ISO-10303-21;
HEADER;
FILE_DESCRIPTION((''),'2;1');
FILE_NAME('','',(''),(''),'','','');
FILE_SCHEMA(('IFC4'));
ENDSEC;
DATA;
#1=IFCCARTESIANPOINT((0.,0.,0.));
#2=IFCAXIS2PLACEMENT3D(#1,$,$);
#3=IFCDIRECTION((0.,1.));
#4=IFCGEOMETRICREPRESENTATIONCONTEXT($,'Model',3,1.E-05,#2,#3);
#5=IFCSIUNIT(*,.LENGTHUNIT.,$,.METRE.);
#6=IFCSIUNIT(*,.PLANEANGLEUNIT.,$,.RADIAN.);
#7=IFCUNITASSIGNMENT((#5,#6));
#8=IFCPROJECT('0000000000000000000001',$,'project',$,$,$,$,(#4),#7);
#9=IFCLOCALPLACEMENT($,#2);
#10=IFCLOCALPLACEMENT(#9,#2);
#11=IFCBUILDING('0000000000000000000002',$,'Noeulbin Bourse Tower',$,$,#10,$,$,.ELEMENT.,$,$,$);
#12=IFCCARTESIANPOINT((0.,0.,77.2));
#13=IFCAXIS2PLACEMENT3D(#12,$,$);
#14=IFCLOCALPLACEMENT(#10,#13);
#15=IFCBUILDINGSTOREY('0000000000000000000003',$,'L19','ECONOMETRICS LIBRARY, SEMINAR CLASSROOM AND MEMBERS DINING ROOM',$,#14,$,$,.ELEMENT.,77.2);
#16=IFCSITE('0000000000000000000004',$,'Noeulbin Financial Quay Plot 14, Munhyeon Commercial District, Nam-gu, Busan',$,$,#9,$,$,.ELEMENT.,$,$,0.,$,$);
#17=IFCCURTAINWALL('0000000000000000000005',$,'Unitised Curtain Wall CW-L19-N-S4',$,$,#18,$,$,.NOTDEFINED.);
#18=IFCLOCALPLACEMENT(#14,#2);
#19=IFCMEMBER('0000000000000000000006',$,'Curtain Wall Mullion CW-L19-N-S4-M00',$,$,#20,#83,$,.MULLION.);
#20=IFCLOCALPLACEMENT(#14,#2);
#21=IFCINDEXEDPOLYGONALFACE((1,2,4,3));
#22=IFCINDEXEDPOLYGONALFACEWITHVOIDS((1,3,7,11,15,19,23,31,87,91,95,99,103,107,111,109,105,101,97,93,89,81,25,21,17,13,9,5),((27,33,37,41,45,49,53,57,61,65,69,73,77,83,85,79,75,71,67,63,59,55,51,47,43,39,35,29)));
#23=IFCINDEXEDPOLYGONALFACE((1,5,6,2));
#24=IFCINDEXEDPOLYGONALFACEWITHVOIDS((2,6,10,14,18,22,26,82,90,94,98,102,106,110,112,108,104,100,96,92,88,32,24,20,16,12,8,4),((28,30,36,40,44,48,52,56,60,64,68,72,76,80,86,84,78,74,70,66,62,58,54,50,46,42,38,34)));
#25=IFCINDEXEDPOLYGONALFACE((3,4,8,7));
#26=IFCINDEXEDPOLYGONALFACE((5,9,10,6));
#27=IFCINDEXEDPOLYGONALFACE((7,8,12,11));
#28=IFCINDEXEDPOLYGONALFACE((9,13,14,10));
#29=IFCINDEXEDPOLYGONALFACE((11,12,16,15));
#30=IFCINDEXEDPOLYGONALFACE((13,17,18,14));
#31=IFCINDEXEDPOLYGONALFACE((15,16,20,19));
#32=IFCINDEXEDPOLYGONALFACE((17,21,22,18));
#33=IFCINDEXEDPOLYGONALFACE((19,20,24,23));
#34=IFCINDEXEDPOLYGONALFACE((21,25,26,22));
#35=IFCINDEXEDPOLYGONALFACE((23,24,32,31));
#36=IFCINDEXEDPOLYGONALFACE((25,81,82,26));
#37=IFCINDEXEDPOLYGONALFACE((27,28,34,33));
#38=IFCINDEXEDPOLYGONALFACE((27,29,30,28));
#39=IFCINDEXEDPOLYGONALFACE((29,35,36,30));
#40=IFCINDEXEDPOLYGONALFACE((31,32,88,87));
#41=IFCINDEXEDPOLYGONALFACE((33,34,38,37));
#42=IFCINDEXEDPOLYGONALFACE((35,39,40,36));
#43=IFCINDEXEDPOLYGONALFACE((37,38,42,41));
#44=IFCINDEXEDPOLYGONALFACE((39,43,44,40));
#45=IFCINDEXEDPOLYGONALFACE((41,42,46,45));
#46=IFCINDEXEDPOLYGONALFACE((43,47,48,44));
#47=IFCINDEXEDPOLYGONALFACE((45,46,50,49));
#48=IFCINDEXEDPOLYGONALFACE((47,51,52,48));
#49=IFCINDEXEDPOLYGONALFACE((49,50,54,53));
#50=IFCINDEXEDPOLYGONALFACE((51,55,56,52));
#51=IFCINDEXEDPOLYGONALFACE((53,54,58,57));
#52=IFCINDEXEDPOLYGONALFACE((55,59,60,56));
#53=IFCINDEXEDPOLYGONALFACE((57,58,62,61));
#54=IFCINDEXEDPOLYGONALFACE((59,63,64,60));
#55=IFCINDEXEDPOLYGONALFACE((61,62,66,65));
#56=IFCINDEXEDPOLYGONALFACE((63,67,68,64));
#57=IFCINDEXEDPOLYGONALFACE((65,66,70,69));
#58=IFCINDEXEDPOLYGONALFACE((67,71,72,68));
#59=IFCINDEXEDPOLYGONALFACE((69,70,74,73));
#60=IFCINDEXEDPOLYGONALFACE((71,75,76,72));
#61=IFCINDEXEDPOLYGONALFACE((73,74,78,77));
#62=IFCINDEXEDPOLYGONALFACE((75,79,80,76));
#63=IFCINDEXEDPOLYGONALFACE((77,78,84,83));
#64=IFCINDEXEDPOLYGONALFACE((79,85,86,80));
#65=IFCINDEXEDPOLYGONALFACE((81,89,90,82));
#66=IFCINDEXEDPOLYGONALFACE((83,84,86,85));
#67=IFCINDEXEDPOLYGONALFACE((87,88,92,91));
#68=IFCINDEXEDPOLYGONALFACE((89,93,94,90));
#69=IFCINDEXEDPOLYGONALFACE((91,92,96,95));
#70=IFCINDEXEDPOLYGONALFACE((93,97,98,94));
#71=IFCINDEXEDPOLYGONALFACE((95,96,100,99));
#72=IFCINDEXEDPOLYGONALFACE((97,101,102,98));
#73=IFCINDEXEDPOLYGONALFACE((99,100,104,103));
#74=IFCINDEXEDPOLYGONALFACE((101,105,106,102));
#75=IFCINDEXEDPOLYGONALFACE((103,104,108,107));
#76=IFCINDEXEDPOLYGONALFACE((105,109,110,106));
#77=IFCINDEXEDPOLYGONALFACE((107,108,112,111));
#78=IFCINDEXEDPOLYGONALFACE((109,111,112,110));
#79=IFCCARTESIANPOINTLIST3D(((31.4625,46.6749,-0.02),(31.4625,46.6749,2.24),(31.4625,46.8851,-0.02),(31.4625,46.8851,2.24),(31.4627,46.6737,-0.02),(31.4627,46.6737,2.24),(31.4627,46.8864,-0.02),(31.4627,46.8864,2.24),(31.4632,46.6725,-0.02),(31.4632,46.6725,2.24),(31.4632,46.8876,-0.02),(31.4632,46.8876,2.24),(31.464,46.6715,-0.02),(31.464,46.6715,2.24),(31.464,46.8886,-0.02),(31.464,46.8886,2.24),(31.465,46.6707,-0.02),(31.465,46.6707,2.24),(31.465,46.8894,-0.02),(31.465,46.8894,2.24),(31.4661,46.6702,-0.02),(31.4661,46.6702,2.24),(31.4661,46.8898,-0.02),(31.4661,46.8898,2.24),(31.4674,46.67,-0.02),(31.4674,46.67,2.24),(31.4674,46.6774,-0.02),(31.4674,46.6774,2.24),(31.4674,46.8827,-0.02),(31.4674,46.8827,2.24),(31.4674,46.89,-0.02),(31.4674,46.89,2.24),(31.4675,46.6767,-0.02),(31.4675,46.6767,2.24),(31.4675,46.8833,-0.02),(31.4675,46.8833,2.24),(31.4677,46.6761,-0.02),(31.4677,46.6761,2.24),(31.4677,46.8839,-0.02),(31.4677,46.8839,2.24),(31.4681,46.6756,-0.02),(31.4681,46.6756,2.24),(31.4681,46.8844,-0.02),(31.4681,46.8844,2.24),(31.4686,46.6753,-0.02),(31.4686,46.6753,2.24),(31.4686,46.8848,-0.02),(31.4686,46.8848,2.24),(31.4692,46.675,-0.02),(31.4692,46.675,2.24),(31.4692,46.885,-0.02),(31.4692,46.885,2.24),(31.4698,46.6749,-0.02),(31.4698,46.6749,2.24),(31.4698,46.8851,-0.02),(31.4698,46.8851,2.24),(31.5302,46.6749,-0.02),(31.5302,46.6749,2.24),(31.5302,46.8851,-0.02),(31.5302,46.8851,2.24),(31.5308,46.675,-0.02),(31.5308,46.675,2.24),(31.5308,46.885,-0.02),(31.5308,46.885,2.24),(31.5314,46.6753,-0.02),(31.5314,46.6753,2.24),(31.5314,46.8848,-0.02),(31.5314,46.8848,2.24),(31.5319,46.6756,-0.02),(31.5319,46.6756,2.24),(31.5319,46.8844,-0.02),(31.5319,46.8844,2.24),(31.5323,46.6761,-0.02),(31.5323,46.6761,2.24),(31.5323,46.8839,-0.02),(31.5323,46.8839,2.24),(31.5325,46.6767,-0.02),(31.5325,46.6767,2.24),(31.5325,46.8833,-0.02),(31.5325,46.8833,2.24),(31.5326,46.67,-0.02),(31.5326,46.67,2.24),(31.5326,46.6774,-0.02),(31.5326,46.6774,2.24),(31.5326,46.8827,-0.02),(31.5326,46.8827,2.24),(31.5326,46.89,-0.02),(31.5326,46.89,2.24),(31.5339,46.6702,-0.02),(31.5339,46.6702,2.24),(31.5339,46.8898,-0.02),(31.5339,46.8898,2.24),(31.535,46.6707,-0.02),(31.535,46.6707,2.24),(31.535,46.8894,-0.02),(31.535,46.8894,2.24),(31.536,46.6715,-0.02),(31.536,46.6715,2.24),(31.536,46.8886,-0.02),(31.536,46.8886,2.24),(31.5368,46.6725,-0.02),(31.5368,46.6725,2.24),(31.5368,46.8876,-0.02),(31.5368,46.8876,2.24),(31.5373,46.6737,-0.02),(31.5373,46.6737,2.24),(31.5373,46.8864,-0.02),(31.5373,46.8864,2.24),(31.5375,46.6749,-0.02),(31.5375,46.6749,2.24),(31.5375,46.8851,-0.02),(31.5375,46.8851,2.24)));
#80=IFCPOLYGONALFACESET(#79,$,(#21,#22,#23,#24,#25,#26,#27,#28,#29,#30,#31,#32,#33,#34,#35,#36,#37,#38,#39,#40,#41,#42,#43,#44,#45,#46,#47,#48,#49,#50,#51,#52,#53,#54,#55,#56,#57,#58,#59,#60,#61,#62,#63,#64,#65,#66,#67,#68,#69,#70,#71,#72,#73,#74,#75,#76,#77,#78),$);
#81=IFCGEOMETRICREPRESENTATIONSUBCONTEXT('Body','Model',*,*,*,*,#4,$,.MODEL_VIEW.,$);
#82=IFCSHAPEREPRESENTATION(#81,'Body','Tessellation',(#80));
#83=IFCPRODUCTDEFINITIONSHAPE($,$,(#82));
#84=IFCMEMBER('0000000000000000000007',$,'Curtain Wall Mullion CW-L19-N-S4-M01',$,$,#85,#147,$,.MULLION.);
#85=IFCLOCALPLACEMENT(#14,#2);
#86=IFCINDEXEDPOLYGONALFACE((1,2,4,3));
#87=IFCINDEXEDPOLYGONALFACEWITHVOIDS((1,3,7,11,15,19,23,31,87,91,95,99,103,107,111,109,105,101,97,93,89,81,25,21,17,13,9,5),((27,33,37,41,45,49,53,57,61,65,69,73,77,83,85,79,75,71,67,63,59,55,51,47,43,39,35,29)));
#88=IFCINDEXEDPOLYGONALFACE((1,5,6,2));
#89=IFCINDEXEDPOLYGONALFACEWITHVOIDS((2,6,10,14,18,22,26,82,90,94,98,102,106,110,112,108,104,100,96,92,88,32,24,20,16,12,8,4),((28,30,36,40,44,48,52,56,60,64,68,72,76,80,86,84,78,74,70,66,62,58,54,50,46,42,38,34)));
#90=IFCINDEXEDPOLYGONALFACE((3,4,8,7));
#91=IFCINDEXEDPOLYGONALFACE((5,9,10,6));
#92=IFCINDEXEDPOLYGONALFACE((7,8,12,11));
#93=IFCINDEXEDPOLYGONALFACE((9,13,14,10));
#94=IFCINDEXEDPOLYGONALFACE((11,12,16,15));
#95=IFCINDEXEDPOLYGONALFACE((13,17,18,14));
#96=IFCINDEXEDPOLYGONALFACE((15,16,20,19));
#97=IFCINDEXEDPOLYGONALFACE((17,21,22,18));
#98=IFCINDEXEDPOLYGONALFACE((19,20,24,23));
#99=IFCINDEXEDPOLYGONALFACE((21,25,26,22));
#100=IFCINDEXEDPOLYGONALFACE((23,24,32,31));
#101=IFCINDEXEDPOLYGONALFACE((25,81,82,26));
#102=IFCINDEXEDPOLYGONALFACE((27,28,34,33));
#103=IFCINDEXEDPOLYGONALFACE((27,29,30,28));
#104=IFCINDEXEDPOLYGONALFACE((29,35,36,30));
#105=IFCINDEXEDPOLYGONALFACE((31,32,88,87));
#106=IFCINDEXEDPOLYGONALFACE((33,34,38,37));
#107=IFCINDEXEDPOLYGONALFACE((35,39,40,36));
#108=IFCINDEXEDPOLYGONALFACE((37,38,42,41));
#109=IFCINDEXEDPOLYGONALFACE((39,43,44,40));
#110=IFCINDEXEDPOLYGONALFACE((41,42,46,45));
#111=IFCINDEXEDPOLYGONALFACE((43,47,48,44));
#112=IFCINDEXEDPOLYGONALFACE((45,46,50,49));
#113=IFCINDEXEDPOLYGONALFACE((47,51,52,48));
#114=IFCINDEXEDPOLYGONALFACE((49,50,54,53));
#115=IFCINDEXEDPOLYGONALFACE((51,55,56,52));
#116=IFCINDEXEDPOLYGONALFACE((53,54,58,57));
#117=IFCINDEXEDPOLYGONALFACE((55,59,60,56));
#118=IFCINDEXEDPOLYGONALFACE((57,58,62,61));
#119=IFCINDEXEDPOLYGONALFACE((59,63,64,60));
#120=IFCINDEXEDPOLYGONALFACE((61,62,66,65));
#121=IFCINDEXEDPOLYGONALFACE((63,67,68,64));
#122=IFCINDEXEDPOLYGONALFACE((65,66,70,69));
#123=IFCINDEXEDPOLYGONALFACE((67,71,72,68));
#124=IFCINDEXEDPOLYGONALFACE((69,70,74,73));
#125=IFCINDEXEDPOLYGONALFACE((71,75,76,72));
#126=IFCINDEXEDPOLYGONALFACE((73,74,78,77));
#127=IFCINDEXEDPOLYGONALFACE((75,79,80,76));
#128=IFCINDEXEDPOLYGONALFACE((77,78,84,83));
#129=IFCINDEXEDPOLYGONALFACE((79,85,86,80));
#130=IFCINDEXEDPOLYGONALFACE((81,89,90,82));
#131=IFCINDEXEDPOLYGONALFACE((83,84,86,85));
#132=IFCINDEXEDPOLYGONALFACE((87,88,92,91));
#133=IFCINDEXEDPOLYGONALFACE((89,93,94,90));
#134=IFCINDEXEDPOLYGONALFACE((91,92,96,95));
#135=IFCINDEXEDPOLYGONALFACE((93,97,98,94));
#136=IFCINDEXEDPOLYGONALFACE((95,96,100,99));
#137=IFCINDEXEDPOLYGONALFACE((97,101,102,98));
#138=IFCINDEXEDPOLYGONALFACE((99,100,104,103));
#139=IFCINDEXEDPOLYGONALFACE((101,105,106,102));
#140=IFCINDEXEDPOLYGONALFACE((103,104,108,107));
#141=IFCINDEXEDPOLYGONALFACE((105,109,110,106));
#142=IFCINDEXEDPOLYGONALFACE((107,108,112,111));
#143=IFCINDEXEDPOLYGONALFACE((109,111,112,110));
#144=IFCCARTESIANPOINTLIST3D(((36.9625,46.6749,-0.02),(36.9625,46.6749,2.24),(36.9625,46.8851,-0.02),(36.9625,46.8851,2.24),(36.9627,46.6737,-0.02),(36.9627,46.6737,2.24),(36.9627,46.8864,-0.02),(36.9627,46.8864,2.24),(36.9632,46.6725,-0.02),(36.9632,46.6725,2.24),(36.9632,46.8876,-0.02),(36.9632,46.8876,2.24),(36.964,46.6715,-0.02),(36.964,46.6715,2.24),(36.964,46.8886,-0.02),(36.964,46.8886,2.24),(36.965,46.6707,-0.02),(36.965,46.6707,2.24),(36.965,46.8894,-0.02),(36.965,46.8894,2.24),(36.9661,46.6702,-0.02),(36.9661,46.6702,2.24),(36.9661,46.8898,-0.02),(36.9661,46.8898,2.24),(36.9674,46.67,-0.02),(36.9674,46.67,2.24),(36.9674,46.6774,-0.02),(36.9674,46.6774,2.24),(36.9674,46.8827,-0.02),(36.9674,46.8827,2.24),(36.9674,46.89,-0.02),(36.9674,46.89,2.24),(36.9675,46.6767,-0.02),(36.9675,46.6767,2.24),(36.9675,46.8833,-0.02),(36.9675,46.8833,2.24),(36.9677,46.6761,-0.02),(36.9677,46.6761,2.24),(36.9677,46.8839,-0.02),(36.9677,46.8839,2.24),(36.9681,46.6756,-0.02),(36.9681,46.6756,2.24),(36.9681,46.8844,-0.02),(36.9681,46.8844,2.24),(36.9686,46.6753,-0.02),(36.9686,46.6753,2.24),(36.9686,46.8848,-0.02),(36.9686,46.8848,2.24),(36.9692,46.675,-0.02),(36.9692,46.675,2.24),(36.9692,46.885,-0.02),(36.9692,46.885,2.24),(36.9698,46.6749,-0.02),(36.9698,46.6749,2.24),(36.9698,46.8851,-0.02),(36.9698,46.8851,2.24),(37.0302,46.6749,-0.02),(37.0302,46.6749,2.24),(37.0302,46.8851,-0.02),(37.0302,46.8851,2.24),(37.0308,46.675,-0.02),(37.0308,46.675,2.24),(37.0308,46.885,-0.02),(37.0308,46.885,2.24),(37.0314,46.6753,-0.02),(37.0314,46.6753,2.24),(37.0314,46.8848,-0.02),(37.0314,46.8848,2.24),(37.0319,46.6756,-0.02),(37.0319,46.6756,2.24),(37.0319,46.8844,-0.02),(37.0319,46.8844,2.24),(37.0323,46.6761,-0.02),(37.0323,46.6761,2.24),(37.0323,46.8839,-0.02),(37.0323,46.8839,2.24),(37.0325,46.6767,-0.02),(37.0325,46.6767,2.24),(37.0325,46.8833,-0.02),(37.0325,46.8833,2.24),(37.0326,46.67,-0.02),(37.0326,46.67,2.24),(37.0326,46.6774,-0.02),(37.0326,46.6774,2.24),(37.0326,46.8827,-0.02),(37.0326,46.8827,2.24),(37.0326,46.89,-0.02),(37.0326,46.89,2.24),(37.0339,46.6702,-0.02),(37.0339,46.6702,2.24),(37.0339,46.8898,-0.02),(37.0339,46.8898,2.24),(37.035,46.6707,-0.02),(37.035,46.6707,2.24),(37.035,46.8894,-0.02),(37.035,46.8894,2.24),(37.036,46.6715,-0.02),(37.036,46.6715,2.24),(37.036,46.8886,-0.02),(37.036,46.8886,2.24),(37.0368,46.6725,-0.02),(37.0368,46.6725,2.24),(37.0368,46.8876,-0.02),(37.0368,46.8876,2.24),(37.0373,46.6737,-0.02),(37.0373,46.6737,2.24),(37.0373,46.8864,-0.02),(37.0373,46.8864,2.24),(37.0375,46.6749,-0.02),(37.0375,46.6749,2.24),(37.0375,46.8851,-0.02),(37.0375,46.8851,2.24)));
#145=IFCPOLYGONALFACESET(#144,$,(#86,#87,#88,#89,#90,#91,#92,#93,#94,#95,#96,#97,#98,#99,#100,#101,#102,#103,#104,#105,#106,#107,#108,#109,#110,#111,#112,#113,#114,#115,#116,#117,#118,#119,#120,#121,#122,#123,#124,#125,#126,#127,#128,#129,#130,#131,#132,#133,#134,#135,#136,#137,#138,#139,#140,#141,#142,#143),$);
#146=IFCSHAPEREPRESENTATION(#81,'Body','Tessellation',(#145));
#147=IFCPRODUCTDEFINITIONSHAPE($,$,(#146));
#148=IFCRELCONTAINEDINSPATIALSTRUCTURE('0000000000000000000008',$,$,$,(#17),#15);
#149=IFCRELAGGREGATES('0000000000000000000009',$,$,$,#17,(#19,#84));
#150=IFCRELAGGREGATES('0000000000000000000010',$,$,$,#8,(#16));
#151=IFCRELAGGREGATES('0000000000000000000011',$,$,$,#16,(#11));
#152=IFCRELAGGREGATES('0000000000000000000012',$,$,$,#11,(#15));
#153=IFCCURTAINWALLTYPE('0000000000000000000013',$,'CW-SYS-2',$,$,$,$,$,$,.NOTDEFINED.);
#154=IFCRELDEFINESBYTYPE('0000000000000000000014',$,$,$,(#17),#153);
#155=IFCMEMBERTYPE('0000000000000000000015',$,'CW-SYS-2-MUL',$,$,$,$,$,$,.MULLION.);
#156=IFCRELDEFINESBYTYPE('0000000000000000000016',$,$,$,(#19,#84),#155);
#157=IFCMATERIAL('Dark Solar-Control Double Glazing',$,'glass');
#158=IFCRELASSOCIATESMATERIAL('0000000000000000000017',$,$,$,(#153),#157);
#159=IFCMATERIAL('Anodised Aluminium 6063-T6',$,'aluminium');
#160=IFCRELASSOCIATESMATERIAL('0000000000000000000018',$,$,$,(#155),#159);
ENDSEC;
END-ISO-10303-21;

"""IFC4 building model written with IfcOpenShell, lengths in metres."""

from ifc_helpers import new_model, si_unit, direction, frame, origin, origin_2d, place, context, subcontext, project, spatial, hollow_rectangle, extrude, material, material_profile, profile_set, type_object, element, aggregate, save


model = new_model("IFC4")

# Units and contexts
model_context = context("Model", 3, precision=1e-05, world=origin(), true_north=direction((0.0, 1.0)))
body_context = subcontext(model_context, "Body", "Model", "MODEL_VIEW")
ifc_project = project(units=[si_unit("LENGTHUNIT", "METRE"), si_unit("PLANEANGLEUNIT", "RADIAN")], contexts=[model_context])

# Site, building, storey
site_placement = place(None, origin())
site = spatial("IfcSite", under=ifc_project, at=site_placement, Name="Noeulbin Financial Quay Plot 14, Munhyeon Commercial District, Nam-gu, Busan", CompositionType="ELEMENT", RefElevation=0.0)
building_placement = place(site_placement, origin())
building = spatial("IfcBuilding", under=site, at=building_placement, Name="Noeulbin Bourse Tower", CompositionType="ELEMENT")
storey_placement = place(building_placement, frame((0.0, 0.0, 77.2)))
storey = spatial("IfcBuildingStorey", under=building, at=storey_placement, Name="L19", Description="ECONOMETRICS LIBRARY, SEMINAR CLASSROOM AND MEMBERS DINING ROOM", CompositionType="ELEMENT", Elevation=77.2)

# Shared definitions
ifc_material_1 = material(Name="Dark Solar-Control Double Glazing", Category="glass")
curtain_wall_type = type_object("IfcCurtainWallType", Name="CW-SYS-2", PredefinedType="NOTDEFINED", material=ifc_material_1)
ifc_material_2 = material(Name="Anodised Aluminium 6063-T6", Category="aluminium")
ifc_material_profile_1 = material_profile(ifc_material_2, hollow_rectangle(XDim=0.075, YDim=0.22, WallThickness=0.0049, InnerFilletRadius=0.0024, OuterFilletRadius=0.0049, at=origin_2d()), Name="ALU-MULL-75x220x5", Category="LoadBearing")
ifc_profile_set_1 = profile_set([ifc_material_profile_1], Name="Anodised Aluminium 6063-T6")
member_type_1 = type_object("IfcMemberType", Name="CW-SYS-2-MUL", PredefinedType="MULLION", material=ifc_profile_set_1)

# Curtain wall, members
curtain_wall_1_placement = place(storey_placement, origin())
curtain_wall_1 = element("IfcCurtainWall", 1, at=curtain_wall_1_placement, inside=storey, type_object=curtain_wall_type, Name="Unitised Curtain Wall CW-L19-N-S4", PredefinedType="NOTDEFINED")
member_1_placement = place(storey_placement, frame((31.5, 46.78, -0.02), z_axis=(0.0, 0.0, 1.0), x_axis=(1.0, 0.0, 0.0)))
member_1 = element("IfcMember", 2, at=member_1_placement, type_object=member_type_1, Name="Curtain Wall Mullion CW-L19-N-S4-M00", PredefinedType="MULLION", context=body_context, shape_type="SweptSolid", body=[
    extrude(hollow_rectangle(XDim=0.075, YDim=0.22, WallThickness=0.0049, InnerFilletRadius=0.0024, OuterFilletRadius=0.0049, at=origin_2d()), origin(), (0.0, 0.0, 1.0), 2.26),
])
member_2_placement = place(storey_placement, frame((37.0, 46.78, -0.02), z_axis=(0.0, 0.0, 1.0), x_axis=(1.0, 0.0, 0.0)))
member_2 = element("IfcMember", 3, at=member_2_placement, type_object=member_type_1, Name="Curtain Wall Mullion CW-L19-N-S4-M01", PredefinedType="MULLION", context=body_context, shape_type="SweptSolid", body=[
    extrude(hollow_rectangle(XDim=0.075, YDim=0.22, WallThickness=0.0049, InnerFilletRadius=0.0024, OuterFilletRadius=0.0049, at=origin_2d()), origin(), (0.0, 0.0, 1.0), 2.26),
])

aggregate(curtain_wall_1, [member_1, member_2])

save(model, "model.ifc")
